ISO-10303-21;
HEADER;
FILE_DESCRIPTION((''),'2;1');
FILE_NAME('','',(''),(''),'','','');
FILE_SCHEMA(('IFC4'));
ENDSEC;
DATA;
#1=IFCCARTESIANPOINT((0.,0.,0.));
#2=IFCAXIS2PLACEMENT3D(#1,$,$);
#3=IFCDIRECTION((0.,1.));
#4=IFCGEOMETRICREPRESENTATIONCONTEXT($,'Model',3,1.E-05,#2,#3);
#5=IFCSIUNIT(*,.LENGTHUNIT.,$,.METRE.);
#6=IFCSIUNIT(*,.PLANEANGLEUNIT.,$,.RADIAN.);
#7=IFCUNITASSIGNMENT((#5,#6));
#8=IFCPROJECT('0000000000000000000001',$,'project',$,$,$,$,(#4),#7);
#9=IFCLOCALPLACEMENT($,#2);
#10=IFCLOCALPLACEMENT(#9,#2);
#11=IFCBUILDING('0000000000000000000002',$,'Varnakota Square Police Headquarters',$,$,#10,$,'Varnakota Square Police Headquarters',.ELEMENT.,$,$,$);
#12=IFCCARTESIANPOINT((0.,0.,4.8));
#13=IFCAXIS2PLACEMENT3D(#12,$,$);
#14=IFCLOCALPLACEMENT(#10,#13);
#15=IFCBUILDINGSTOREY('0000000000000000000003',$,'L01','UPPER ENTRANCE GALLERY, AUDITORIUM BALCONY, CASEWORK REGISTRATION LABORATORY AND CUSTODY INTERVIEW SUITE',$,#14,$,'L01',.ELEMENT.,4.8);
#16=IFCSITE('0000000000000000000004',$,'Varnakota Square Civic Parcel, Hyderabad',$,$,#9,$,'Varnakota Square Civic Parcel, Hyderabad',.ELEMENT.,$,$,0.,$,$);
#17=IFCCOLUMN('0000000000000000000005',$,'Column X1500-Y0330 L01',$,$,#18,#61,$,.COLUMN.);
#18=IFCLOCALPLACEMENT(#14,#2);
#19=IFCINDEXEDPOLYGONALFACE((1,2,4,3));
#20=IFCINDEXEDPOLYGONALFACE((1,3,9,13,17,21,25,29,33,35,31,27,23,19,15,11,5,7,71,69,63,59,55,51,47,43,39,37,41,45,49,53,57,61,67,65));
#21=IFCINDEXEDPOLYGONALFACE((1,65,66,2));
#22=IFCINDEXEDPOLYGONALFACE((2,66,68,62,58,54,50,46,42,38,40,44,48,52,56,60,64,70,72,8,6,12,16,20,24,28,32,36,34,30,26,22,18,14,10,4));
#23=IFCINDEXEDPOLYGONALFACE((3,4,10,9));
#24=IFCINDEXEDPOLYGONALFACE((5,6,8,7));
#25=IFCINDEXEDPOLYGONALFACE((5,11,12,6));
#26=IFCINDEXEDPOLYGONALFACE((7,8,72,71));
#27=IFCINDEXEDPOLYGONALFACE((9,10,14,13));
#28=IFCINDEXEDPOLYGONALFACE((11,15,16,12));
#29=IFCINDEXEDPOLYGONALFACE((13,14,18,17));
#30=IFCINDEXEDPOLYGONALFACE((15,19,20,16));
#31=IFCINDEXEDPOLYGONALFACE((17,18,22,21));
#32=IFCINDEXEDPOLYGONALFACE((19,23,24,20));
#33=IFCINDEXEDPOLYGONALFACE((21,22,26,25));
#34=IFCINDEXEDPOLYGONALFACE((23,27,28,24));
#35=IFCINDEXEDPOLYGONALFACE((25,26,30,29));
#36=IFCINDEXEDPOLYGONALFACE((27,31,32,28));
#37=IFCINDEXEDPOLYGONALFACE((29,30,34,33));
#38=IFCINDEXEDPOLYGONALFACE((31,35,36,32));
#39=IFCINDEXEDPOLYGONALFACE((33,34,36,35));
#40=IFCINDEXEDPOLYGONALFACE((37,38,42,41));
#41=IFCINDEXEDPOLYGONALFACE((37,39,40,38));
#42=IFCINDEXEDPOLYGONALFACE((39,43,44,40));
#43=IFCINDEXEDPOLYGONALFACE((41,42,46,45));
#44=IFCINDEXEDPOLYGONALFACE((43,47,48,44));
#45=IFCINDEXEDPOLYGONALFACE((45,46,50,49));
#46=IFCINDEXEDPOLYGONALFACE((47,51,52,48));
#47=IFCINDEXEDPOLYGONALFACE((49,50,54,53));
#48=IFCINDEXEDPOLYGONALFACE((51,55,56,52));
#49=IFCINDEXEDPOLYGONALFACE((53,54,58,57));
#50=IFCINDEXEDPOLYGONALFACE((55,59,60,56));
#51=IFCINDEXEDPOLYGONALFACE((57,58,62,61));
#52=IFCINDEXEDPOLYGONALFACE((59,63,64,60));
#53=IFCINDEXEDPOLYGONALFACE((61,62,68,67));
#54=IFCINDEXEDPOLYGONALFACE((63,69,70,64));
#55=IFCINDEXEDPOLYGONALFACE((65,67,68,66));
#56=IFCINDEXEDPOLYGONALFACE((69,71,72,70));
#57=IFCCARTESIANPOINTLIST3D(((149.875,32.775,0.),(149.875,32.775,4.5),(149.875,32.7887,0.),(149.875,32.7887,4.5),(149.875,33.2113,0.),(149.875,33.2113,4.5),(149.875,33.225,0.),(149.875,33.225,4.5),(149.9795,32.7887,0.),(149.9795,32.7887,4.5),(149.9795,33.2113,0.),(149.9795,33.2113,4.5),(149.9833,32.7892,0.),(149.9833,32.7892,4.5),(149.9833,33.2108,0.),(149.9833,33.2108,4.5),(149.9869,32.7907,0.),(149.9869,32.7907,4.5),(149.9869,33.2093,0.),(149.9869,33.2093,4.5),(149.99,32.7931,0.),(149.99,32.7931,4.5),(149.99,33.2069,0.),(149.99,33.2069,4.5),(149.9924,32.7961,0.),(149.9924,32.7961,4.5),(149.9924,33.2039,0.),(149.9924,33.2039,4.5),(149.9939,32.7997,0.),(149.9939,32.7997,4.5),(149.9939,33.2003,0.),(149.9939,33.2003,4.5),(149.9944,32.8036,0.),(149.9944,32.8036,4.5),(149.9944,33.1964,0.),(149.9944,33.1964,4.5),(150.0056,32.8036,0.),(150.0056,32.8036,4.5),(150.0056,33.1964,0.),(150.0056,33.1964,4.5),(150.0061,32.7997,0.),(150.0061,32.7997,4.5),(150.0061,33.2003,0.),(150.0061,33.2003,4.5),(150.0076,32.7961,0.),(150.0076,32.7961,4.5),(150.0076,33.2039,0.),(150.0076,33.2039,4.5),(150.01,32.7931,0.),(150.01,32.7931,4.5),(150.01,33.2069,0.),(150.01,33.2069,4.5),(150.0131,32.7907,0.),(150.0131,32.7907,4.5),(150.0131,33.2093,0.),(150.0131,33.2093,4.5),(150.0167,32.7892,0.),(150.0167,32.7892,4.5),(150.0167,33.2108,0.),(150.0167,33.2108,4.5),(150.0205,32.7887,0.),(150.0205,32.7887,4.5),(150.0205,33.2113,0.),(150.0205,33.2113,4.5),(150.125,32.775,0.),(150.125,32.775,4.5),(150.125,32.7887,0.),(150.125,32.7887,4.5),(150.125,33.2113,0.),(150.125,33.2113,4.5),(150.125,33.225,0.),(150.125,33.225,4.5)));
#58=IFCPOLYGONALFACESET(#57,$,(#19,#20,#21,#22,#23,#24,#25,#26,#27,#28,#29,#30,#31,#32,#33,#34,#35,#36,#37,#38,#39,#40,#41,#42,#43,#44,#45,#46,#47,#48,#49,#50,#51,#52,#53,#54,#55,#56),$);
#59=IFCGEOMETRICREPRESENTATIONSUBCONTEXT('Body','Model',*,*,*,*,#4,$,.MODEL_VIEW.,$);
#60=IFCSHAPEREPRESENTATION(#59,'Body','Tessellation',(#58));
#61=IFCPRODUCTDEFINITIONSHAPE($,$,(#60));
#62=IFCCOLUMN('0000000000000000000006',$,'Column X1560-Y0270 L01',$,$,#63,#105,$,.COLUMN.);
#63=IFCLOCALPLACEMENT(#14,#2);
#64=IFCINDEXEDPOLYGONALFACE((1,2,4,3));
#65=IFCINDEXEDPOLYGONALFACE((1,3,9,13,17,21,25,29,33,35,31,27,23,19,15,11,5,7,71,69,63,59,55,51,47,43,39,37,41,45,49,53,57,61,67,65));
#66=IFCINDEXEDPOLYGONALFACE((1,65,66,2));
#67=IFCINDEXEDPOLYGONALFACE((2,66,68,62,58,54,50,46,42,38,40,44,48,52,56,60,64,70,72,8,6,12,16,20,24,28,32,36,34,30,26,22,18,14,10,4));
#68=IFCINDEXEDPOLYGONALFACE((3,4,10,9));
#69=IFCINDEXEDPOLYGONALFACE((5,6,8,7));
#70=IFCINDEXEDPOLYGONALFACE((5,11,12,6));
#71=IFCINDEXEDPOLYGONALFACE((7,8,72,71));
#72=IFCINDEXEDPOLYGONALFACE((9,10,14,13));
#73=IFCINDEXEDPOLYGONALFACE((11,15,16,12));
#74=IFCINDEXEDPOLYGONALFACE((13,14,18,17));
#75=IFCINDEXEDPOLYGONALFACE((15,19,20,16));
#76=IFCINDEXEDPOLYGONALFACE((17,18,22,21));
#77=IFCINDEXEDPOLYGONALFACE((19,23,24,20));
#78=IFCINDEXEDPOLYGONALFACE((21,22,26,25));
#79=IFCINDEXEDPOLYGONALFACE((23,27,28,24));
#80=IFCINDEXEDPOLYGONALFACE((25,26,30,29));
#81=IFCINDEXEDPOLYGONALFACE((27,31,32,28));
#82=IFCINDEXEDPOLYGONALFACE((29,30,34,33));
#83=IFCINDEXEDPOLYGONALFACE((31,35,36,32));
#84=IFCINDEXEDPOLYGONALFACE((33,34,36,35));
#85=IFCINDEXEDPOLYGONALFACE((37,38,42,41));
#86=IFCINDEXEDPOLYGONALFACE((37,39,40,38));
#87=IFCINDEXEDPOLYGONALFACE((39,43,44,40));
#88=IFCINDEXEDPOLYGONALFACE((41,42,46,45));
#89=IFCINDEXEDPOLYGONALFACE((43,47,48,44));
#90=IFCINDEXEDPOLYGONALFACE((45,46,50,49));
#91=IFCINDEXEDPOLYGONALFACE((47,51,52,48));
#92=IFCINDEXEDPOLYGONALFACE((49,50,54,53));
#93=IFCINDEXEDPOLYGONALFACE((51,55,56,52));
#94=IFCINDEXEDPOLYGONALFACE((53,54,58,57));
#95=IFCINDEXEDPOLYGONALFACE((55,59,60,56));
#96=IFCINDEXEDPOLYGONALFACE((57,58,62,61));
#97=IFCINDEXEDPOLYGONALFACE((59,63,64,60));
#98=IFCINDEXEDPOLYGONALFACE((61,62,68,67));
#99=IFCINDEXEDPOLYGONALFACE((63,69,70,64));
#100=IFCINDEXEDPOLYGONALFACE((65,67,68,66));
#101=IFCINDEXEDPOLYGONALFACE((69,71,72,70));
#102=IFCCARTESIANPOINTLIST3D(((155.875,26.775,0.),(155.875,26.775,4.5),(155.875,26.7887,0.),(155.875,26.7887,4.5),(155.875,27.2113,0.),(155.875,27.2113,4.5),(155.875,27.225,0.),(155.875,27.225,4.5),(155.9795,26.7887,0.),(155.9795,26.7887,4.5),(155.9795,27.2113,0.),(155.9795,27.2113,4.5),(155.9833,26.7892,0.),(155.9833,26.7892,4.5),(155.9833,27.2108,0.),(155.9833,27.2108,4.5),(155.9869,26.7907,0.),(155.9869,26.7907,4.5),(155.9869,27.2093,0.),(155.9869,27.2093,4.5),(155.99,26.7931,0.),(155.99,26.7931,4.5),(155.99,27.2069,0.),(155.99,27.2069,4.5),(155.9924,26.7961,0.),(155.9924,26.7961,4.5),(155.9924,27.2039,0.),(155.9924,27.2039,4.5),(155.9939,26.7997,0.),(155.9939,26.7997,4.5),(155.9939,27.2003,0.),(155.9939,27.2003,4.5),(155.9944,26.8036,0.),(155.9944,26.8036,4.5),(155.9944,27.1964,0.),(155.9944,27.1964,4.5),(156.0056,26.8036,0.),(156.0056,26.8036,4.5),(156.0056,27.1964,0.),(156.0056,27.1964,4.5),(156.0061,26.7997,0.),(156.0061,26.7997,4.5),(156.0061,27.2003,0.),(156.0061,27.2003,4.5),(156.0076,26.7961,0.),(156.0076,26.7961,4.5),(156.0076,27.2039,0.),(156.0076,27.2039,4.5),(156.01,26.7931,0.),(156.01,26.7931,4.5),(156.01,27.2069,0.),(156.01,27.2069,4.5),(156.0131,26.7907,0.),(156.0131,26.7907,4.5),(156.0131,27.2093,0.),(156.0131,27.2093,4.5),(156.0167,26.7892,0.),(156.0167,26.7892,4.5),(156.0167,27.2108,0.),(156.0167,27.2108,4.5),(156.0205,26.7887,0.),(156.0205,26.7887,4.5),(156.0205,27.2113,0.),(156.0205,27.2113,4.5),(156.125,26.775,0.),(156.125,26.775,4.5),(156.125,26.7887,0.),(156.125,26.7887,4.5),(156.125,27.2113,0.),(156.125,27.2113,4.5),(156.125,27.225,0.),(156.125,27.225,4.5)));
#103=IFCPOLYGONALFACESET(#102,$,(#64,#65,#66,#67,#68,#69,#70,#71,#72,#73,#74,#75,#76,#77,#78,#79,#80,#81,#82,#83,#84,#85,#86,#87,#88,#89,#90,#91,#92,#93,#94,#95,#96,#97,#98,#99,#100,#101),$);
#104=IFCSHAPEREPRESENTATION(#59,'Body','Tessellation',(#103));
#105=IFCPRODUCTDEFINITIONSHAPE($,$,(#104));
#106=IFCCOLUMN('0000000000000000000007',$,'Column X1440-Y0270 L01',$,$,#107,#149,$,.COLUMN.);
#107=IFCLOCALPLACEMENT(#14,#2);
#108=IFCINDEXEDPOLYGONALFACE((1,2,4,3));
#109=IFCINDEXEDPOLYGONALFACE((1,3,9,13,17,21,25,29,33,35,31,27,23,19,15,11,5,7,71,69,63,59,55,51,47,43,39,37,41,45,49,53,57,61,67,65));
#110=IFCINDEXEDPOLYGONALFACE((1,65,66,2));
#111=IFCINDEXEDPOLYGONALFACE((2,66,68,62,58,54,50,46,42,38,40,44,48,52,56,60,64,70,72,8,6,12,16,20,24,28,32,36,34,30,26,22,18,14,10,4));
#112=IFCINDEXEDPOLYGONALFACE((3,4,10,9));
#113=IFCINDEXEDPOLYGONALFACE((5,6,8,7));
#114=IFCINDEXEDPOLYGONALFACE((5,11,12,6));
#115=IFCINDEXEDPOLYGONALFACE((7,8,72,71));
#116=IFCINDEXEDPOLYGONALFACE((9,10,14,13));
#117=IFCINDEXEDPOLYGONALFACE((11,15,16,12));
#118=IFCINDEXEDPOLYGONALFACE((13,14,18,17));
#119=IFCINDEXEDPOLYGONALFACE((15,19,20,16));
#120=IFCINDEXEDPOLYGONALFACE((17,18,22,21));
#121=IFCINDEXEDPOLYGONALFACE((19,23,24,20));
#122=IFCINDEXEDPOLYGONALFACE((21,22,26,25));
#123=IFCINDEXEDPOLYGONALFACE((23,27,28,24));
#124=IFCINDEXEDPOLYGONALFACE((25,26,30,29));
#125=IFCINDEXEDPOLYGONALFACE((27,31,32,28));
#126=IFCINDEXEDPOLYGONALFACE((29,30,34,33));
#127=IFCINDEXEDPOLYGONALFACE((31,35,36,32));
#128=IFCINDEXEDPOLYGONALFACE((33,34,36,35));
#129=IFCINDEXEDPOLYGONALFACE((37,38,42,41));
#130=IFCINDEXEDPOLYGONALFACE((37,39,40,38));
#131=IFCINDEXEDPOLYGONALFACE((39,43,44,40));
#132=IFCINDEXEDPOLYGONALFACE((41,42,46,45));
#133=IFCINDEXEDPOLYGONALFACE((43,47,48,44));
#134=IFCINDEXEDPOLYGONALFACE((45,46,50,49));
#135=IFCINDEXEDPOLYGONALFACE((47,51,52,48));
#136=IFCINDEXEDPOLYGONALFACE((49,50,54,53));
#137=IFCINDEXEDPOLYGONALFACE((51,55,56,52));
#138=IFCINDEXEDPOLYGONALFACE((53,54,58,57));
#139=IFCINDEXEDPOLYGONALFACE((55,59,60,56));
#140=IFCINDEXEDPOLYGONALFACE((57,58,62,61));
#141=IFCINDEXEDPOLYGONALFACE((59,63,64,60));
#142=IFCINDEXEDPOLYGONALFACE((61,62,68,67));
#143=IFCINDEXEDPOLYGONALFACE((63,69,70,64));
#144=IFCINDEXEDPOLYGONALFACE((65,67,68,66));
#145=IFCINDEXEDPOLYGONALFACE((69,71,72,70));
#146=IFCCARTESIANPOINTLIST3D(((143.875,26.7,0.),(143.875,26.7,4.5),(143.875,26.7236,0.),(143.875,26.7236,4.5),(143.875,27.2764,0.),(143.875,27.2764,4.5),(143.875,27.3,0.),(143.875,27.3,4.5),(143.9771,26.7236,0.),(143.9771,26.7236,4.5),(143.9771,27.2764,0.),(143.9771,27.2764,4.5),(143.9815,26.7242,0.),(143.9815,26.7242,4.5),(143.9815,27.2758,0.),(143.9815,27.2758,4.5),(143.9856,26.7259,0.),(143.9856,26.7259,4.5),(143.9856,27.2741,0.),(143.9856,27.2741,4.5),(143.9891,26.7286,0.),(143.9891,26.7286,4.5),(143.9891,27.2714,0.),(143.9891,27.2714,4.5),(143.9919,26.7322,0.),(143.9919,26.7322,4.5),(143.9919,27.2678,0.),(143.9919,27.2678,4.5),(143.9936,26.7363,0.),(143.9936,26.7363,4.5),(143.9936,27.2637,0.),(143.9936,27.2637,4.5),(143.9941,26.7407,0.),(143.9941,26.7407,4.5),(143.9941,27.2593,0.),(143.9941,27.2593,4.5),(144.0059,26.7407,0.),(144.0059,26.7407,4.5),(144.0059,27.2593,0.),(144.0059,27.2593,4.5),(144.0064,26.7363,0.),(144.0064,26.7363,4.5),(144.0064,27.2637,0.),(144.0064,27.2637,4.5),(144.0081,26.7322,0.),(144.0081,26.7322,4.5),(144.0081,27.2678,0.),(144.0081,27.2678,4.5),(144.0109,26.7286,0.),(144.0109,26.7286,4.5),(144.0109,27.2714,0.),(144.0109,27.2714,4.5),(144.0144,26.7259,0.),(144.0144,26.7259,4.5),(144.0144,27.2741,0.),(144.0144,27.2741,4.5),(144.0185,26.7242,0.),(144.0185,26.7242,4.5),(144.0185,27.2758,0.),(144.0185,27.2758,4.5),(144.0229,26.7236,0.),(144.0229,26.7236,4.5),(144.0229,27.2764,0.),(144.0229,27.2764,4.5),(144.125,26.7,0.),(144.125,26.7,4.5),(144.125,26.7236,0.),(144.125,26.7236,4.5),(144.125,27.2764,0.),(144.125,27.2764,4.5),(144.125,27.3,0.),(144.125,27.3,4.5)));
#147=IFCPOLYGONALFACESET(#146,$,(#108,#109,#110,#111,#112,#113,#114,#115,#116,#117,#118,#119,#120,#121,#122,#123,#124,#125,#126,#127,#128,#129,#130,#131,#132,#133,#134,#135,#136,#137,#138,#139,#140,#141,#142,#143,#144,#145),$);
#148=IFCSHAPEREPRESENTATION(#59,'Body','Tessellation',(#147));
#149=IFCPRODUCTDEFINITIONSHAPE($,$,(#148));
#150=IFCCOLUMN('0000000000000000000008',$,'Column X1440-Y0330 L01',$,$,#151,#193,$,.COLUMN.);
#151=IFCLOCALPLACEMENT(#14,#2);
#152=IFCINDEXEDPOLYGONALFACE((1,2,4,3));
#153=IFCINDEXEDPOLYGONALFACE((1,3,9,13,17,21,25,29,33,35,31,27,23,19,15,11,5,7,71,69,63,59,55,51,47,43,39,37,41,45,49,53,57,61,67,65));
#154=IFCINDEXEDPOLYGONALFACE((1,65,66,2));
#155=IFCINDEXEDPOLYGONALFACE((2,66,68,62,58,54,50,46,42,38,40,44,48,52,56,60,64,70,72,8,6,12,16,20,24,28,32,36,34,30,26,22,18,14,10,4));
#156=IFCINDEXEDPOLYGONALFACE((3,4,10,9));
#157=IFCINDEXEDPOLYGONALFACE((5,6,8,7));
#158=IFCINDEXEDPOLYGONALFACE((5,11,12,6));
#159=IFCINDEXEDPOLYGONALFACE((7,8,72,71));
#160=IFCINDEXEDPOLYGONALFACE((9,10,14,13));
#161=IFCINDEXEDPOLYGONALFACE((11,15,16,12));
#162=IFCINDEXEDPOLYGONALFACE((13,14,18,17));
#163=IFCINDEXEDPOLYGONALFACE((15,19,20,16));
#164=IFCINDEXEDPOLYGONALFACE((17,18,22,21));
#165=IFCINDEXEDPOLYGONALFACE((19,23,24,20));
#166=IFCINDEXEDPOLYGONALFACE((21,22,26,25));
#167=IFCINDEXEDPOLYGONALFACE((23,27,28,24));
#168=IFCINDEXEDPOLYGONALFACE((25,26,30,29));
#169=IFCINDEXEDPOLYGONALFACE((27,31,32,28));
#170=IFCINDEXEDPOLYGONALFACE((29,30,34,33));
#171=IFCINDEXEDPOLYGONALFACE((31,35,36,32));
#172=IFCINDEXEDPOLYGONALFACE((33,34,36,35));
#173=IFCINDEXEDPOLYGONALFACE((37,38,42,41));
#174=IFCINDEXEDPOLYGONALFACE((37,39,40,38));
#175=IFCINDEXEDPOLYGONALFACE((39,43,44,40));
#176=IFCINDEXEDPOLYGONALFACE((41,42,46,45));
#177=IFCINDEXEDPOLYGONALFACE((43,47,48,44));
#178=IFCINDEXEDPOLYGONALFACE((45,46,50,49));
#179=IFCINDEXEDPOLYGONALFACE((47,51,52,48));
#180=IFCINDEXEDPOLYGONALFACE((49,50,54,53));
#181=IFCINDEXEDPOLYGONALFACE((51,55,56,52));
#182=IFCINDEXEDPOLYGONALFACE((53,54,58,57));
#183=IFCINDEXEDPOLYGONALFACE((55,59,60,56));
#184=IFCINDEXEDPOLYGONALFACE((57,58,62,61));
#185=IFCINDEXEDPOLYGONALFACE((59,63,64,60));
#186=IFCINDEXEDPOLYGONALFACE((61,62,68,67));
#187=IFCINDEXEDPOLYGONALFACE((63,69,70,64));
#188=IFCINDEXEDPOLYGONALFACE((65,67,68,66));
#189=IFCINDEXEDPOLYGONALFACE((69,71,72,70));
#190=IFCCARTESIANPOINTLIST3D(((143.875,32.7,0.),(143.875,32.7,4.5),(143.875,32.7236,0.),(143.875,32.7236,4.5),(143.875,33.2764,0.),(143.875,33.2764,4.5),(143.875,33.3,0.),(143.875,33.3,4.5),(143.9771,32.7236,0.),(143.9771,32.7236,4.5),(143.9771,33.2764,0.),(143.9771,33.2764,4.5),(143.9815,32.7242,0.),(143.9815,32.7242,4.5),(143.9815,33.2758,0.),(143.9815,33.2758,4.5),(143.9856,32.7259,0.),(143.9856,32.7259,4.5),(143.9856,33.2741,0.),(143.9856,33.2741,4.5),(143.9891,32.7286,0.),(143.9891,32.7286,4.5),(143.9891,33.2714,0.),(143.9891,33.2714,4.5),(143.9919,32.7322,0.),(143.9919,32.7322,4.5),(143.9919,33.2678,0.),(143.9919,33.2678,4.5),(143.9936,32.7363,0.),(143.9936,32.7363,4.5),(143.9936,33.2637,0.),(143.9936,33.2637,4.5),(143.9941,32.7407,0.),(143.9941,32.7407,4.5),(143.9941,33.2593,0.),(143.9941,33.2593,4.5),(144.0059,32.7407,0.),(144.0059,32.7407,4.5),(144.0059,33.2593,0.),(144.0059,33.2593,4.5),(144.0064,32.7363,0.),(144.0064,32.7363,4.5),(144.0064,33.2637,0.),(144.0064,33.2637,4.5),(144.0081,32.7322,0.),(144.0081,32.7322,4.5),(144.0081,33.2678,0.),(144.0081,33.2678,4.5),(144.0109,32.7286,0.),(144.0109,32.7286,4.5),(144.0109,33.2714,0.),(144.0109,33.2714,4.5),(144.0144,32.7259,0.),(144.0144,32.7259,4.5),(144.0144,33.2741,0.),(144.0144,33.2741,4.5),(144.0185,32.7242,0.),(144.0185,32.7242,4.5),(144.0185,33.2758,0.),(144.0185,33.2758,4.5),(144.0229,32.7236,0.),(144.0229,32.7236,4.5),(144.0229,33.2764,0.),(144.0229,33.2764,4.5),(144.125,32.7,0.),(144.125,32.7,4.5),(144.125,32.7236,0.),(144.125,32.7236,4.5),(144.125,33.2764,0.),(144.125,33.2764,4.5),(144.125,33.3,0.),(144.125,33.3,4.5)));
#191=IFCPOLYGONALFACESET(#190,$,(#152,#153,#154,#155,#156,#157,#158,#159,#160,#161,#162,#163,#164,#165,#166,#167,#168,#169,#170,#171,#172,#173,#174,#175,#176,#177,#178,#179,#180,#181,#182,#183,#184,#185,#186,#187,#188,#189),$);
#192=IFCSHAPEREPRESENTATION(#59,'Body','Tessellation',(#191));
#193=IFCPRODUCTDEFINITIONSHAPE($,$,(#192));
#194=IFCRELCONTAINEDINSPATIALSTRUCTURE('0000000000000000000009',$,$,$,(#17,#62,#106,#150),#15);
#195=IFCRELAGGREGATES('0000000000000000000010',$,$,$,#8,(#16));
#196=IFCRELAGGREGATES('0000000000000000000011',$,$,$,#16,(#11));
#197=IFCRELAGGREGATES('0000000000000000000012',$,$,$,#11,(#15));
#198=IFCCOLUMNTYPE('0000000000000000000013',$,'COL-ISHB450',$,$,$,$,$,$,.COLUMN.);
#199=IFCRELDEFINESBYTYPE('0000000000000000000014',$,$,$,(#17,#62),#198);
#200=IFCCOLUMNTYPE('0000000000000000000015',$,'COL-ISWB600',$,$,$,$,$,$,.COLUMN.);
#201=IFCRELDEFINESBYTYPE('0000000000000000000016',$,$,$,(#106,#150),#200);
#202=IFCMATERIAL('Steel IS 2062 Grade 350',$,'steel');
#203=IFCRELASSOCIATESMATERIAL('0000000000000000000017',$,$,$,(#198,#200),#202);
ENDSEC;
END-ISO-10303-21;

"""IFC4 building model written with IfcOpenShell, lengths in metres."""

from ifc_helpers import new_model, si_unit, direction, frame, origin, origin_2d, place, context, subcontext, project, spatial, i_section, extrude, material, material_profile, profile_set, type_object, element, save


model = new_model("IFC4")

# Units and contexts
model_context = context("Model", 3, precision=1e-05, world=origin(), true_north=direction((0.0, 1.0)))
body_context = subcontext(model_context, "Body", "Model", "MODEL_VIEW")
ifc_project = project(units=[si_unit("LENGTHUNIT", "METRE"), si_unit("PLANEANGLEUNIT", "RADIAN")], contexts=[model_context])

# Site, building, storey
site_placement = place(None, origin())
site = spatial("IfcSite", under=ifc_project, at=site_placement, Name="Varnakota Square Civic Parcel, Hyderabad", LongName="Varnakota Square Civic Parcel, Hyderabad", CompositionType="ELEMENT", RefElevation=0.0)
building_placement = place(site_placement, origin())
building = spatial("IfcBuilding", under=site, at=building_placement, Name="Varnakota Square Police Headquarters", LongName="Varnakota Square Police Headquarters", CompositionType="ELEMENT")
storey_placement = place(building_placement, frame((0.0, 0.0, 4.8)))
storey = spatial("IfcBuildingStorey", under=building, at=storey_placement, Name="L01", Description="UPPER ENTRANCE GALLERY, AUDITORIUM BALCONY, CASEWORK REGISTRATION LABORATORY AND CUSTODY INTERVIEW SUITE", LongName="L01", CompositionType="ELEMENT", Elevation=4.8)

# Columns
ifc_material_1 = material(Name="Steel IS 2062 Grade 350", Category="steel")
ifc_material_profile_1 = material_profile(ifc_material_1, i_section(OverallWidth=0.25, OverallDepth=0.45, WebThickness=0.0112, FlangeThickness=0.0137, FilletRadius=0.0149, at=origin_2d()), Name="ISHB 450")
ifc_profile_set_1 = profile_set([ifc_material_profile_1], Name="Steel IS 2062 Grade 350")
column_type_1 = type_object("IfcColumnType", Name="COL-ISHB450", PredefinedType="COLUMN", material=ifc_profile_set_1)
for number, where, z_axis, x_axis, name in (
    (1, (150.0, 33.0, 0.0), (0.0, 0.0, 1.0), (1.0, 0.0, 0.0), "Column X1500-Y0330 L01"),
    (2, (156.0, 27.0, 0.0), (0.0, 0.0, 1.0), (1.0, 0.0, 0.0), "Column X1560-Y0270 L01"),
):
    element("IfcColumn", number, at=place(storey_placement, frame(where, z_axis=z_axis, x_axis=x_axis)), inside=storey, type_object=column_type_1, Name=name, PredefinedType="COLUMN", context=body_context, shape_type="SweptSolid", body=[
        extrude(i_section(OverallWidth=0.25, OverallDepth=0.45, WebThickness=0.0112, FlangeThickness=0.0137, FilletRadius=0.0149, at=origin_2d()), origin(), (0.0, 0.0, 1.0), 4.5),
    ])
ifc_material_profile_2 = material_profile(ifc_material_1, i_section(OverallWidth=0.25, OverallDepth=0.6001, WebThickness=0.0117, FlangeThickness=0.0237, FilletRadius=0.0171, at=origin_2d()), Name="ISWB 600")
ifc_profile_set_2 = profile_set([ifc_material_profile_2], Name="Steel IS 2062 Grade 350")
column_type_2 = type_object("IfcColumnType", Name="COL-ISWB600", PredefinedType="COLUMN", material=ifc_profile_set_2)
for number, where, z_axis, x_axis, name in (
    (3, (144.0, 27.0, 0.0), (0.0, 0.0, 1.0), (1.0, 0.0, 0.0), "Column X1440-Y0270 L01"),
    (4, (144.0, 33.0, 0.0), (0.0, 0.0, 1.0), (1.0, 0.0, 0.0), "Column X1440-Y0330 L01"),
):
    element("IfcColumn", number, at=place(storey_placement, frame(where, z_axis=z_axis, x_axis=x_axis)), inside=storey, type_object=column_type_2, Name=name, PredefinedType="COLUMN", context=body_context, shape_type="SweptSolid", body=[
        extrude(i_section(OverallWidth=0.25, OverallDepth=0.6001, WebThickness=0.0117, FlangeThickness=0.0237, FilletRadius=0.0171, at=origin_2d()), origin(), (0.0, 0.0, 1.0), 4.5),
    ])

save(model, "model.ifc")
